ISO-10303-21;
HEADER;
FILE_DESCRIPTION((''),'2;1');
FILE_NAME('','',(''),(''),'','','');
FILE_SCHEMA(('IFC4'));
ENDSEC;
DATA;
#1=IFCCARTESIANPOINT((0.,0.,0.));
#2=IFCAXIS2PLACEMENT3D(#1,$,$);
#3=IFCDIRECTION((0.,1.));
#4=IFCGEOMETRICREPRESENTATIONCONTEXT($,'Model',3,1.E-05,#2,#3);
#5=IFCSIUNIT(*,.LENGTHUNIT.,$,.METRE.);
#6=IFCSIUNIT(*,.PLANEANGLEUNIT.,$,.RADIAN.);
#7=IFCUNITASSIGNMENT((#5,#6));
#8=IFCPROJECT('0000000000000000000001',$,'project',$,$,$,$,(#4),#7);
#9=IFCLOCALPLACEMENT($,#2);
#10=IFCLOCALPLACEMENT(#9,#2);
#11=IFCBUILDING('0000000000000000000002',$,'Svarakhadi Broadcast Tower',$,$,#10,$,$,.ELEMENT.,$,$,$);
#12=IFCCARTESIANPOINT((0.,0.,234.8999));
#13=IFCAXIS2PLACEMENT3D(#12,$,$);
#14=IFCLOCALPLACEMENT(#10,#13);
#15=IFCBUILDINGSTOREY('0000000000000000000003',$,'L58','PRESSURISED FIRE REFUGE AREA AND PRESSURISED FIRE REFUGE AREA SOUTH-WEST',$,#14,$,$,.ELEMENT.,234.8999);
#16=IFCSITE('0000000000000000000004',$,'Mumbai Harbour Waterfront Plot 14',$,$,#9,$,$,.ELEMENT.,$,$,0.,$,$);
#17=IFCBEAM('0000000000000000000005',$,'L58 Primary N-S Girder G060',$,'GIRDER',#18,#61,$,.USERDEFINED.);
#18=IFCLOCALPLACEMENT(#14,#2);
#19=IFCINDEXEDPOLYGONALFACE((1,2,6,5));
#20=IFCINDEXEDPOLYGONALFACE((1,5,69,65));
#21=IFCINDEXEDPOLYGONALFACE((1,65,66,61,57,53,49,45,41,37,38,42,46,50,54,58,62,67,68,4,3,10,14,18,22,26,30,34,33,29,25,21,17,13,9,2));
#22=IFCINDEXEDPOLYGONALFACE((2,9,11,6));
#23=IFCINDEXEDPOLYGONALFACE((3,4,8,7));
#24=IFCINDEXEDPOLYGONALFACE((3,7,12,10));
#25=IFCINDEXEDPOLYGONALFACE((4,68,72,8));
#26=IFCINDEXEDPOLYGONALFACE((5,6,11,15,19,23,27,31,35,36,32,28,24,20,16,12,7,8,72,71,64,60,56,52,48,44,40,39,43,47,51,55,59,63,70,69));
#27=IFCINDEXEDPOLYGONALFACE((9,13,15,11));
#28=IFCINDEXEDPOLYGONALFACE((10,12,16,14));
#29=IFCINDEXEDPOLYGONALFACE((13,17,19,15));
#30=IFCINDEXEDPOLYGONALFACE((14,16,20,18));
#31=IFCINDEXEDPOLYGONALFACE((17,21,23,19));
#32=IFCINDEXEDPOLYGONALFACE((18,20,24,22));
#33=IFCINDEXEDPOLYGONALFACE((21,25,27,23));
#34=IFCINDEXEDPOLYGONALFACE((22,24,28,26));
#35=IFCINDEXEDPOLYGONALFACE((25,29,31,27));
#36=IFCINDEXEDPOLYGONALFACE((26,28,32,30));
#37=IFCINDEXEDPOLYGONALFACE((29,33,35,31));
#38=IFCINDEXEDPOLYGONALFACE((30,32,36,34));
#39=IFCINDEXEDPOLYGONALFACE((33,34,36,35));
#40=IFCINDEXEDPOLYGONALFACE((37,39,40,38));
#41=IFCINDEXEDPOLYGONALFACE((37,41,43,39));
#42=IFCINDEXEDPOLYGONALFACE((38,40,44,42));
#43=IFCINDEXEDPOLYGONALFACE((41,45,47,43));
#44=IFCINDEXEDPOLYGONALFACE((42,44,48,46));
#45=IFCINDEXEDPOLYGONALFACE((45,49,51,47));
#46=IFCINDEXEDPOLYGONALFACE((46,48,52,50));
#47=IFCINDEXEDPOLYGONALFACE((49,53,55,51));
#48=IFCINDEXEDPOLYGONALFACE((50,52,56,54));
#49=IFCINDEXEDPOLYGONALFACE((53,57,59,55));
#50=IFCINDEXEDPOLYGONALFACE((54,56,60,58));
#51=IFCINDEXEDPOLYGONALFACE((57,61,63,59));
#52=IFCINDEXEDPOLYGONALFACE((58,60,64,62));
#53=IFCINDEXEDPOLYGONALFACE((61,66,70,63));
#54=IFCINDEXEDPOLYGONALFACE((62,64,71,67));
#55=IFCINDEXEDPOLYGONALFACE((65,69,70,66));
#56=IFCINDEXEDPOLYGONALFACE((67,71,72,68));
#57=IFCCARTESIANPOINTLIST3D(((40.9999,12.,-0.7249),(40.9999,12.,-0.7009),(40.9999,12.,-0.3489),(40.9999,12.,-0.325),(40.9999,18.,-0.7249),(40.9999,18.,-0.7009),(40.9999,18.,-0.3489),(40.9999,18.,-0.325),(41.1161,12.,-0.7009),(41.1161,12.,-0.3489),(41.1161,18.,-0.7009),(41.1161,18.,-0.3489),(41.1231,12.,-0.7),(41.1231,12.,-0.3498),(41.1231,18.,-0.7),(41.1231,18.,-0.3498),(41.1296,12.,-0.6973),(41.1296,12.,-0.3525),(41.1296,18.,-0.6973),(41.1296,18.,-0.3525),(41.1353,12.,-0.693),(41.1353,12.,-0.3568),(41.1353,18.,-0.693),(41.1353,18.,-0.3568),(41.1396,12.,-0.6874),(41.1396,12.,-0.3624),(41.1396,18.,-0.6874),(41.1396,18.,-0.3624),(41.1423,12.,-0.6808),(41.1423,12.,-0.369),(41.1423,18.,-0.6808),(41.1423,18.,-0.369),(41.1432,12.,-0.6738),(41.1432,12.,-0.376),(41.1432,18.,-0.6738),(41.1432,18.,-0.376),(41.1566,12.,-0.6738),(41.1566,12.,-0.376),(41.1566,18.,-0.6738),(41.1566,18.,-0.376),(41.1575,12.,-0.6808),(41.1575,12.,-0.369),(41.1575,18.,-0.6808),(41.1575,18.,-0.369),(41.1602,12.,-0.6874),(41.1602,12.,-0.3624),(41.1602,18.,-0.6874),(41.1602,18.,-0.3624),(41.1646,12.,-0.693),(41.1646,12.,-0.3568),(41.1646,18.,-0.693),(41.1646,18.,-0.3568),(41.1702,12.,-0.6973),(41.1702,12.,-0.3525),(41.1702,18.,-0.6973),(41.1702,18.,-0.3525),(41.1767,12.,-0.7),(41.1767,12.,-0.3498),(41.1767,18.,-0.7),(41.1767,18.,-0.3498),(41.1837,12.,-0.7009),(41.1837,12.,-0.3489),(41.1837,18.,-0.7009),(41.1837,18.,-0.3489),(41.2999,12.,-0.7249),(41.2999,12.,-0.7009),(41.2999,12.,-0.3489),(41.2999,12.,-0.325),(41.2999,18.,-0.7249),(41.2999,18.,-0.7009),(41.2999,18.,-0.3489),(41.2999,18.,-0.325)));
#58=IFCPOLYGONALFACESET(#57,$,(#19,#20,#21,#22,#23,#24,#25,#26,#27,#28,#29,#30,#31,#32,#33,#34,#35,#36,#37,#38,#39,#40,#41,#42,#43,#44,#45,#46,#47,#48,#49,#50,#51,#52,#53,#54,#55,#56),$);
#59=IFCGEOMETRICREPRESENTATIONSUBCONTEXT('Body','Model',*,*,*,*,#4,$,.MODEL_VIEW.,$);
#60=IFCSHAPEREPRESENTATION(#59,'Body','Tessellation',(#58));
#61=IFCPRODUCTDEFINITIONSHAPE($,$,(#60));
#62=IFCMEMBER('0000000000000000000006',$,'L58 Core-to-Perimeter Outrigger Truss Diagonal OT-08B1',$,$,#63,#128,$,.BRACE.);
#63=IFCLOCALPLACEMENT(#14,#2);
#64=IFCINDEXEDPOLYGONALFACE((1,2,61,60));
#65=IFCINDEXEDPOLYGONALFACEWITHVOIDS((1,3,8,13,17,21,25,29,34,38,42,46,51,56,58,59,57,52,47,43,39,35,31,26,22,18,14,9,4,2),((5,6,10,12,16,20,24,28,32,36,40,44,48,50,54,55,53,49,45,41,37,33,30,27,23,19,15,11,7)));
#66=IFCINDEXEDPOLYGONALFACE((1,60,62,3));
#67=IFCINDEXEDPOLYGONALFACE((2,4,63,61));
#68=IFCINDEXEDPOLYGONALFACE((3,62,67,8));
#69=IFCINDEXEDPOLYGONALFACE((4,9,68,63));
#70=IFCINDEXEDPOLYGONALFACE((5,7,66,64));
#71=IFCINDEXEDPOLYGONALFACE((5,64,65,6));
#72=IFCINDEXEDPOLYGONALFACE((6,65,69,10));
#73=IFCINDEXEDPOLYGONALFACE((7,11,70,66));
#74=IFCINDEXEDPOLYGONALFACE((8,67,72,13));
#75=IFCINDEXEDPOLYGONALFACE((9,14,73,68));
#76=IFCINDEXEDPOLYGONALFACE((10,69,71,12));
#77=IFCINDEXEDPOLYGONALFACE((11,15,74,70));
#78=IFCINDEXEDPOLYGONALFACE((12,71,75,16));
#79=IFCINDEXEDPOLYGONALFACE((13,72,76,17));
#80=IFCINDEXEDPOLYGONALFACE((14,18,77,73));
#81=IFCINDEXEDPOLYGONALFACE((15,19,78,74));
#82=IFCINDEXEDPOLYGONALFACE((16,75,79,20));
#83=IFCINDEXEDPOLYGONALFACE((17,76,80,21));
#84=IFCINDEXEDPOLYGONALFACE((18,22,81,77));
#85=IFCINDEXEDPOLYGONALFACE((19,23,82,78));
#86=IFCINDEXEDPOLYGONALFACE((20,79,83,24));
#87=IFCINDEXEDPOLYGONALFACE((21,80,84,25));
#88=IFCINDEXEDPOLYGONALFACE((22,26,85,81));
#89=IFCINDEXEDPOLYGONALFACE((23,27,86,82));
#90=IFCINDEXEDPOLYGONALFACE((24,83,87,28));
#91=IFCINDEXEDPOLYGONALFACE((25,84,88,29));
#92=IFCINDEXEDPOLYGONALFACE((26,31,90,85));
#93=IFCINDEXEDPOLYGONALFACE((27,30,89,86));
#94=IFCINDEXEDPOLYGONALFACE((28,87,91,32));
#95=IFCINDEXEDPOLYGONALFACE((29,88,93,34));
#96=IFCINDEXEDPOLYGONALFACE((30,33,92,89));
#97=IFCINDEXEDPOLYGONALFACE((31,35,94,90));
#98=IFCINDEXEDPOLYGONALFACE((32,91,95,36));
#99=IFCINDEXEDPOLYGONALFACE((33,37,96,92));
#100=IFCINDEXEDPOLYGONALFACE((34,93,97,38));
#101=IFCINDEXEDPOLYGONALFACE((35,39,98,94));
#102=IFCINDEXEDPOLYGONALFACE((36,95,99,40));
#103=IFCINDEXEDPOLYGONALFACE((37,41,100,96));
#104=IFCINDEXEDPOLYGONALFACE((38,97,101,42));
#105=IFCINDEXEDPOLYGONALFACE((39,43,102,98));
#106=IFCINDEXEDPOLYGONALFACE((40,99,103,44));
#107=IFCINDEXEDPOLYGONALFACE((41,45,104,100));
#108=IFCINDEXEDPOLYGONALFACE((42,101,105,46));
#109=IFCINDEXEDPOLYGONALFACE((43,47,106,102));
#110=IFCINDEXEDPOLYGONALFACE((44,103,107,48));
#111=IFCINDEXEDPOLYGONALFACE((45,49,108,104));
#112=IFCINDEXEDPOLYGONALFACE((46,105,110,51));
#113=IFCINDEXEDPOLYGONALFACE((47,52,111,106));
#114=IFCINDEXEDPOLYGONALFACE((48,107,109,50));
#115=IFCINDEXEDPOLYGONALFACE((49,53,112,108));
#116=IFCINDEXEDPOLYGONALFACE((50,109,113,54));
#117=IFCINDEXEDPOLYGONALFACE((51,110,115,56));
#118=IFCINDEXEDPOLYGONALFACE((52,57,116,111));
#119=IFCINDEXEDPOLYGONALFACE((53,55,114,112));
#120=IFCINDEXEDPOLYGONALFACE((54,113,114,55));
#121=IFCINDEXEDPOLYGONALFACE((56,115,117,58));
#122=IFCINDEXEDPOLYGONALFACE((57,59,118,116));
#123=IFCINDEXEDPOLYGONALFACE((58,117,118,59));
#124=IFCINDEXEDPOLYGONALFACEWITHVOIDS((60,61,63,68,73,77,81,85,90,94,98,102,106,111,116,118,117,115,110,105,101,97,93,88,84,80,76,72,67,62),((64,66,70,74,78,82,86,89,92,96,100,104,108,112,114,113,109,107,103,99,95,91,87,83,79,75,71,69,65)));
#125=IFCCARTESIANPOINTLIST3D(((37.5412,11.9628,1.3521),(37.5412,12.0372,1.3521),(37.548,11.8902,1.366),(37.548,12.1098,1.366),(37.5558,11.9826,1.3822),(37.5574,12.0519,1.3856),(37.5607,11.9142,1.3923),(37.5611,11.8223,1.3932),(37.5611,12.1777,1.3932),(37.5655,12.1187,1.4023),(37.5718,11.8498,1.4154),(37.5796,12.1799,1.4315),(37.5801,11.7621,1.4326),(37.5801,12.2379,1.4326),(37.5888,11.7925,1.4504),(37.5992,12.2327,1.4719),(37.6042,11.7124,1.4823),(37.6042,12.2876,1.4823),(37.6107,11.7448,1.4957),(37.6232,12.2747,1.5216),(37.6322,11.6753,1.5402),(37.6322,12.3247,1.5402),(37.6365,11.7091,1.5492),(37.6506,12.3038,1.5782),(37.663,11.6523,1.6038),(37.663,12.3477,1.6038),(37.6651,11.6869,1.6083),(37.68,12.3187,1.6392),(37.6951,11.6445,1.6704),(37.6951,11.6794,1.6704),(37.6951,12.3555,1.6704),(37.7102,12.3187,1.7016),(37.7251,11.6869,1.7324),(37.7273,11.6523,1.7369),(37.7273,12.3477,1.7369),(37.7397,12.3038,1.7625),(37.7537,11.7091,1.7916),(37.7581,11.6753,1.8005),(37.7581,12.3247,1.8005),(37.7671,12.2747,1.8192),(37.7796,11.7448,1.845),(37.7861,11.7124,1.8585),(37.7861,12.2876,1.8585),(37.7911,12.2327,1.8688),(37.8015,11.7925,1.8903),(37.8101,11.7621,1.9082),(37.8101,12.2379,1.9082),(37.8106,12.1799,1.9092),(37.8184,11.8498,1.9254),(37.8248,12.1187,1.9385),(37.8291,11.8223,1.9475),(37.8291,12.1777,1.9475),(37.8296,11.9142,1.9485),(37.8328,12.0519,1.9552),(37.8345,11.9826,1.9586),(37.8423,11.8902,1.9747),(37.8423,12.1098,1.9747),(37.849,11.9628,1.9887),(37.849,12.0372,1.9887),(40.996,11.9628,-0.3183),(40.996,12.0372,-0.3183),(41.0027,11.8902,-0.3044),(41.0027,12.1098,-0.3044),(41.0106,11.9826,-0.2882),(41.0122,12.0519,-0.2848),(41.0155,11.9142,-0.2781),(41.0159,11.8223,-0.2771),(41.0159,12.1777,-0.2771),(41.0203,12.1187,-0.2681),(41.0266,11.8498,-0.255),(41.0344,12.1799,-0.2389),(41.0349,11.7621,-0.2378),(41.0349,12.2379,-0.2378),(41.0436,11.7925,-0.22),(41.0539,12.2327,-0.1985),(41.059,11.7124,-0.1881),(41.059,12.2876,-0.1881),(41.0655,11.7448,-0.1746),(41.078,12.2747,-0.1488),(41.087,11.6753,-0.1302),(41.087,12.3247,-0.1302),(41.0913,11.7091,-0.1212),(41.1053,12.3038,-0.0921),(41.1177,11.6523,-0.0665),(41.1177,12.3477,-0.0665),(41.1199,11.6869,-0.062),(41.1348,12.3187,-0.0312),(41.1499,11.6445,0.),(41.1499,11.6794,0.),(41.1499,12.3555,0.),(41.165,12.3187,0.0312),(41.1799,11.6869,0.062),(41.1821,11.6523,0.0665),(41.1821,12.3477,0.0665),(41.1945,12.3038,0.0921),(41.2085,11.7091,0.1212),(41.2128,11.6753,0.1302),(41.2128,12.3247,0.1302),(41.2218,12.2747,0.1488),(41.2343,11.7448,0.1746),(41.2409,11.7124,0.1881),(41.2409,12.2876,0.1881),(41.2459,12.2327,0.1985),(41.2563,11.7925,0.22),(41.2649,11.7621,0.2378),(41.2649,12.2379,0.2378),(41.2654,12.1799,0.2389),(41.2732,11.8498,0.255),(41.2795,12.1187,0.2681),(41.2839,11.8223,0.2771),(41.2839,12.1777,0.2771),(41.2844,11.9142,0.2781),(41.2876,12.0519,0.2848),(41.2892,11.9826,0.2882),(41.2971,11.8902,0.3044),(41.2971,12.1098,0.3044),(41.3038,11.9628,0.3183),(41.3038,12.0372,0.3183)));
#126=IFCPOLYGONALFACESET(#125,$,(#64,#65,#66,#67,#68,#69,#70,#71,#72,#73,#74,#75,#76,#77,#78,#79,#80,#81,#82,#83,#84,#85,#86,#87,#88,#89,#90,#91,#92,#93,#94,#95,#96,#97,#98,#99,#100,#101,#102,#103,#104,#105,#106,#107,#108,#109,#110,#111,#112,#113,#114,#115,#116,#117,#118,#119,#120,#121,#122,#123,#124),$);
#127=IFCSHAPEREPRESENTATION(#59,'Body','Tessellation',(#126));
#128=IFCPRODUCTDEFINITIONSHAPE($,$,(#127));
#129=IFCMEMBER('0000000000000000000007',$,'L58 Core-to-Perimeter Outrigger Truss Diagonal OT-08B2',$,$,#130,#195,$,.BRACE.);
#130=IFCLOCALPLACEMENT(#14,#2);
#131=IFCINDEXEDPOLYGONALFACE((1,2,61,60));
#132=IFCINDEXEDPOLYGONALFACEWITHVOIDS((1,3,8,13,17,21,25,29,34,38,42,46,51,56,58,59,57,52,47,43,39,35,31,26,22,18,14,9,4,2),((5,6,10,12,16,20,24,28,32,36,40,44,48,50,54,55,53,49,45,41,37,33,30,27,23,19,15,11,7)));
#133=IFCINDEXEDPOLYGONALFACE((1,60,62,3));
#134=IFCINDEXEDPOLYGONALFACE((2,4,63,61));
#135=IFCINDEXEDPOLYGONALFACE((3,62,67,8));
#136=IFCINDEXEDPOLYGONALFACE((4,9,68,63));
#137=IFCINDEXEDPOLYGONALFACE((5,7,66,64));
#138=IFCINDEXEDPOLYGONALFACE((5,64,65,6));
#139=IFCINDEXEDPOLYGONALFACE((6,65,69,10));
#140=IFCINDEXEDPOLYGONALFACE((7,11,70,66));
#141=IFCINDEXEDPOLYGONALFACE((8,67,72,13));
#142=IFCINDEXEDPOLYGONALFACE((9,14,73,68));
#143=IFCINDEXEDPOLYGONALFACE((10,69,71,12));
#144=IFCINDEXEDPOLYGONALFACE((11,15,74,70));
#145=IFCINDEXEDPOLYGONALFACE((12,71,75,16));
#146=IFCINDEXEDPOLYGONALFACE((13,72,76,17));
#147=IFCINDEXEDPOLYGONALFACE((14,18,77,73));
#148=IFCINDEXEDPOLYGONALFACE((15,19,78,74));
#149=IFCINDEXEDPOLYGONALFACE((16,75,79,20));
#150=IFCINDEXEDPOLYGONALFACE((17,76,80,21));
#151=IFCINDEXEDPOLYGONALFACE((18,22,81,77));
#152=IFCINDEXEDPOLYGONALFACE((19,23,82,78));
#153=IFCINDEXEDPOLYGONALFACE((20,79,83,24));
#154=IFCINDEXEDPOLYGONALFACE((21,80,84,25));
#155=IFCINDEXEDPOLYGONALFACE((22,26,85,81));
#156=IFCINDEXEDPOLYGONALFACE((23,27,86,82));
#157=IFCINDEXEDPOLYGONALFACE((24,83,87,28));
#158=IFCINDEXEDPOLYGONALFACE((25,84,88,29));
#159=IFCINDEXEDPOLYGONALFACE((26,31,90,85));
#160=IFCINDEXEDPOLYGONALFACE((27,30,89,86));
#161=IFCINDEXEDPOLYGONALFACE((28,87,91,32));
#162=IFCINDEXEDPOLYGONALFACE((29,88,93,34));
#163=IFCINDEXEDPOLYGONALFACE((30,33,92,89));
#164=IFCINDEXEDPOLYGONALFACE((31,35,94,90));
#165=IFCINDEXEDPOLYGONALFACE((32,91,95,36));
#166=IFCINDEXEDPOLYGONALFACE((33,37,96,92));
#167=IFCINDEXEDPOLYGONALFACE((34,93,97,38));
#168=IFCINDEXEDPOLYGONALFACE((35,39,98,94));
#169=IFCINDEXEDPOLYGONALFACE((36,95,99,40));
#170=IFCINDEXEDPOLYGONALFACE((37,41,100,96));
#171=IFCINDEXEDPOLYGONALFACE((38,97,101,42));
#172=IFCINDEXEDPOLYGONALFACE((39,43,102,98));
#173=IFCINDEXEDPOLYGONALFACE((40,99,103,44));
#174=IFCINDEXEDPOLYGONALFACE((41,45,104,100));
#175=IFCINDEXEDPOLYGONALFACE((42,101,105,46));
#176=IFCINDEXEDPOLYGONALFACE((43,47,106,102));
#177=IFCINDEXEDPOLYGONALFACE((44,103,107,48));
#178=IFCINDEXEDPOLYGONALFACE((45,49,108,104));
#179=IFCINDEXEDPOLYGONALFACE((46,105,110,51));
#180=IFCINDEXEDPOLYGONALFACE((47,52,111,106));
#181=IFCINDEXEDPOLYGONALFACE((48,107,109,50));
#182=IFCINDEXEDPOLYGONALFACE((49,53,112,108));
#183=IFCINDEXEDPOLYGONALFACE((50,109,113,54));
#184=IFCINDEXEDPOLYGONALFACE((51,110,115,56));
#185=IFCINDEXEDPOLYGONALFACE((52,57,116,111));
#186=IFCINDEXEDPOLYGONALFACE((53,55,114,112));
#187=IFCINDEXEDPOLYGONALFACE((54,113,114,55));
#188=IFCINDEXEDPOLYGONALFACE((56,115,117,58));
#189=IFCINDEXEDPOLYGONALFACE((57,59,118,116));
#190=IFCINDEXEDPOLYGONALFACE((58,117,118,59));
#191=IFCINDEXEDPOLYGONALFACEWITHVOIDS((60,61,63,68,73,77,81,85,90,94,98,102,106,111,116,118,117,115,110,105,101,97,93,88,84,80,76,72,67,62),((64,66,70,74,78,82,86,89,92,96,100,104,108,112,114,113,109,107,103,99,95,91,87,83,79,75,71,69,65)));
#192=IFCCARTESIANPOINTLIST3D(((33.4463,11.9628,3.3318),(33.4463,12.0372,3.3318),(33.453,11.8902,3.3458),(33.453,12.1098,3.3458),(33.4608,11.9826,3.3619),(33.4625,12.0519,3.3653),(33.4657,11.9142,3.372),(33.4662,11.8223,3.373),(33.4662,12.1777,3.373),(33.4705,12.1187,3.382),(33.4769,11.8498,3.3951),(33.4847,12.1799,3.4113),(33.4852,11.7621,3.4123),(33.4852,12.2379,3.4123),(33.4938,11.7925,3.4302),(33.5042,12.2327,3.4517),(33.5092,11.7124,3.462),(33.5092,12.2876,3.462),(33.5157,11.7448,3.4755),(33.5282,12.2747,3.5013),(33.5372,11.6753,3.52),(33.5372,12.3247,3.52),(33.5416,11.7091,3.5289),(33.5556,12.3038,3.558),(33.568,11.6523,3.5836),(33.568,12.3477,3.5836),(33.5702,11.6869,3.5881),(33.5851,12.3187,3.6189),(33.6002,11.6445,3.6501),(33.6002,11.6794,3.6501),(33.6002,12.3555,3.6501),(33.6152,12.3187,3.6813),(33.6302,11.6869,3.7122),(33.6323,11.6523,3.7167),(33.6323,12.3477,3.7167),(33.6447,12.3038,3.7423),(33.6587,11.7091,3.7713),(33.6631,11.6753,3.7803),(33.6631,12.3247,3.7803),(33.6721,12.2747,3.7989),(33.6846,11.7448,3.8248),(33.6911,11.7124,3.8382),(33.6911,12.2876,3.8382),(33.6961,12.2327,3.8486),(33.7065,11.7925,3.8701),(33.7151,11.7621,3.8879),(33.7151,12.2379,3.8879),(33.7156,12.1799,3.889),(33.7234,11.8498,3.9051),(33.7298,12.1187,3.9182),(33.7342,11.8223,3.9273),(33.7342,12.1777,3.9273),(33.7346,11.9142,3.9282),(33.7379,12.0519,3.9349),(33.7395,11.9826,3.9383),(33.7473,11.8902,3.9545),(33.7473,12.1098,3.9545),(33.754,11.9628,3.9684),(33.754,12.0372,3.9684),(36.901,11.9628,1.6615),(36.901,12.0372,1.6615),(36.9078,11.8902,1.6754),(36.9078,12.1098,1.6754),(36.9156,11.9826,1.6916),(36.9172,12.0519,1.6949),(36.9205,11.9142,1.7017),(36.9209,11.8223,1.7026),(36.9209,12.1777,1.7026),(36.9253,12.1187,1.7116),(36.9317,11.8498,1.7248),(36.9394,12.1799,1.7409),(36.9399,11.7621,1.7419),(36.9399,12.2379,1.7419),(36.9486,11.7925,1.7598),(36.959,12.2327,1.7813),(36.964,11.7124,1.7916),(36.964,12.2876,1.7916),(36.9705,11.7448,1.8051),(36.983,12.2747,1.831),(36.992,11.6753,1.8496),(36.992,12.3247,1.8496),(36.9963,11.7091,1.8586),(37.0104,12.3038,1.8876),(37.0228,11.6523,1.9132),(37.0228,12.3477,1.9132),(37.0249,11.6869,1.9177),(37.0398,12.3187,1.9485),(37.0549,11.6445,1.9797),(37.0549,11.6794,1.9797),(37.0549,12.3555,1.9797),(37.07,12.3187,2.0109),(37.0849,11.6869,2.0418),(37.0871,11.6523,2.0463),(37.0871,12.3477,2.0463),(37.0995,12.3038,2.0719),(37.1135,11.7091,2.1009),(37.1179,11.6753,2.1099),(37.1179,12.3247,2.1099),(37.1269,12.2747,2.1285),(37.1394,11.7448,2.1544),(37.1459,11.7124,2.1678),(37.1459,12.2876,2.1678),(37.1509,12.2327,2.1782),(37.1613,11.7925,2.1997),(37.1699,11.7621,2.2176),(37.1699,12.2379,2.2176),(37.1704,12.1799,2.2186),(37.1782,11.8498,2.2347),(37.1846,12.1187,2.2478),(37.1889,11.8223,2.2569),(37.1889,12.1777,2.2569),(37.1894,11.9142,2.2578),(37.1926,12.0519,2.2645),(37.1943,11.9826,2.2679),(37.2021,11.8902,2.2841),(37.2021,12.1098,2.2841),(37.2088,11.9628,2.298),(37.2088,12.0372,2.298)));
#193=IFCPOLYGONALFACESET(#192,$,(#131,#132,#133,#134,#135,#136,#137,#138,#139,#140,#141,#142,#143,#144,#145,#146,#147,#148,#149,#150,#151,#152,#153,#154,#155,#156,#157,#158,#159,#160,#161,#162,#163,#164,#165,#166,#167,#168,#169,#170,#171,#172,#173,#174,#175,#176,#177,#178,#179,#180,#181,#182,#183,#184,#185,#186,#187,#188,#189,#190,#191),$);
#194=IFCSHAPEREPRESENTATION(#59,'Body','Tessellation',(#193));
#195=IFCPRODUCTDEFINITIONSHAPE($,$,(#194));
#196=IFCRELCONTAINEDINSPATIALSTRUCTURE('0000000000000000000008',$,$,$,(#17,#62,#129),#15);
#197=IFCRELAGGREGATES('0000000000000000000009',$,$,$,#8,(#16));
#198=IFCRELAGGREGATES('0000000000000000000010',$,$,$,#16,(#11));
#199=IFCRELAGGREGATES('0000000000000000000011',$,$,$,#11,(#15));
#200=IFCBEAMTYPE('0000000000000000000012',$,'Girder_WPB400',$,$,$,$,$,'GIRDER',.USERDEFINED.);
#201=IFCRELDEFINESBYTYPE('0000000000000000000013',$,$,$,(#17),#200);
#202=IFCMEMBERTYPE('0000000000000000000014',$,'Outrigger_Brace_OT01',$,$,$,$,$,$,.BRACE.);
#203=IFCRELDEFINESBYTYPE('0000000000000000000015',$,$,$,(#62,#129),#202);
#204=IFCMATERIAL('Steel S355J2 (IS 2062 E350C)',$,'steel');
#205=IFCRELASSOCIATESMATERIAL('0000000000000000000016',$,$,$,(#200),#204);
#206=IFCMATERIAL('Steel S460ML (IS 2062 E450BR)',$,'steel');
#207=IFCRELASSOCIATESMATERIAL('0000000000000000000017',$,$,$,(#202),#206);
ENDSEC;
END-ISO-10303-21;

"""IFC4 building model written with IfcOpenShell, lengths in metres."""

from ifc_helpers import new_model, si_unit, direction, frame, origin, origin_2d, place, context, subcontext, project, spatial, hollow_circle, i_section, extrude, material, material_profile, profile_set, type_object, element, save


model = new_model("IFC4")

# Units and contexts
model_context = context("Model", 3, precision=1e-05, world=origin(), true_north=direction((0.0, 1.0)))
body_context = subcontext(model_context, "Body", "Model", "MODEL_VIEW")
ifc_project = project(units=[si_unit("LENGTHUNIT", "METRE"), si_unit("PLANEANGLEUNIT", "RADIAN")], contexts=[model_context])

# Site, building, storey
site_placement = place(None, origin())
site = spatial("IfcSite", under=ifc_project, at=site_placement, Name="Mumbai Harbour Waterfront Plot 14", CompositionType="ELEMENT", RefElevation=0.0)
building_placement = place(site_placement, origin())
building = spatial("IfcBuilding", under=site, at=building_placement, Name="Svarakhadi Broadcast Tower", CompositionType="ELEMENT")
storey_placement = place(building_placement, frame((0.0, 0.0, 234.8999)))
storey = spatial("IfcBuildingStorey", under=building, at=storey_placement, Name="L58", Description="PRESSURISED FIRE REFUGE AREA AND PRESSURISED FIRE REFUGE AREA SOUTH-WEST", CompositionType="ELEMENT", Elevation=234.8999)

# Shared definitions
ifc_material_1 = material(Name="Steel S460ML (IS 2062 E450BR)", Category="steel")

# Shared definitions
ifc_material_2 = material(Name="Steel S355J2 (IS 2062 E350C)", Category="steel")

# Beam
ifc_material_profile_1 = material_profile(ifc_material_2, i_section(OverallWidth=0.3, OverallDepth=0.3999, WebThickness=0.0134, FlangeThickness=0.0239, FilletRadius=0.0271, at=origin_2d()), Name="WPB 400x300x155")
ifc_profile_set_1 = profile_set([ifc_material_profile_1], Name="Steel S355J2 (IS 2062 E350C)")
beam_type_1 = type_object("IfcBeamType", Name="Girder_WPB400", ElementType="GIRDER", PredefinedType="USERDEFINED", material=ifc_profile_set_1)
for number, where, z_axis, x_axis, name in (
    (1, (41.1499, 12.0, -0.5249), (0.0, 1.0, 0.0), (-1.0, 0.0, 0.0), "L58 Primary N-S Girder G060"),
):
    element("IfcBeam", number, at=place(storey_placement, frame(where, z_axis=z_axis, x_axis=x_axis)), inside=storey, type_object=beam_type_1, Name=name, ObjectType="GIRDER", PredefinedType="USERDEFINED", context=body_context, shape_type="SweptSolid", body=[
        extrude(i_section(OverallWidth=0.3, OverallDepth=0.3999, WebThickness=0.0134, FlangeThickness=0.0239, FilletRadius=0.0271, at=origin_2d()), origin(), (0.0, 0.0, 1.0), 6.0),
    ])

# Members
ifc_material_profile_2 = material_profile(ifc_material_1, hollow_circle(Radius=0.3555, WallThickness=0.0349, at=origin_2d()), Name="CHS 711x35")
ifc_profile_set_2 = profile_set([ifc_material_profile_2], Name="Steel S460ML (IS 2062 E450BR)")
member_type_1 = type_object("IfcMemberType", Name="Outrigger_Brace_OT01", PredefinedType="BRACE", material=ifc_profile_set_2)
for number, where, z_axis, x_axis, name in (
    (2, (41.1499, 12.0, 0.0), (-0.90029, 0.0, 0.43529), (0.0, -1.0, 0.0), "L58 Core-to-Perimeter Outrigger Truss Diagonal OT-08B1"),
    (3, (37.0549, 12.0, 1.9797), (-0.90029, 0.0, 0.43529), (0.0, -1.0, 0.0), "L58 Core-to-Perimeter Outrigger Truss Diagonal OT-08B2"),
):
    element("IfcMember", number, at=place(storey_placement, frame(where, z_axis=z_axis, x_axis=x_axis)), inside=storey, type_object=member_type_1, Name=name, PredefinedType="BRACE", context=body_context, shape_type="SweptSolid", body=[
        extrude(hollow_circle(Radius=0.3555, WallThickness=0.0349, at=origin_2d()), origin(), (0.0, 0.0, 1.0), 3.8374),
    ])

save(model, "model.ifc")
